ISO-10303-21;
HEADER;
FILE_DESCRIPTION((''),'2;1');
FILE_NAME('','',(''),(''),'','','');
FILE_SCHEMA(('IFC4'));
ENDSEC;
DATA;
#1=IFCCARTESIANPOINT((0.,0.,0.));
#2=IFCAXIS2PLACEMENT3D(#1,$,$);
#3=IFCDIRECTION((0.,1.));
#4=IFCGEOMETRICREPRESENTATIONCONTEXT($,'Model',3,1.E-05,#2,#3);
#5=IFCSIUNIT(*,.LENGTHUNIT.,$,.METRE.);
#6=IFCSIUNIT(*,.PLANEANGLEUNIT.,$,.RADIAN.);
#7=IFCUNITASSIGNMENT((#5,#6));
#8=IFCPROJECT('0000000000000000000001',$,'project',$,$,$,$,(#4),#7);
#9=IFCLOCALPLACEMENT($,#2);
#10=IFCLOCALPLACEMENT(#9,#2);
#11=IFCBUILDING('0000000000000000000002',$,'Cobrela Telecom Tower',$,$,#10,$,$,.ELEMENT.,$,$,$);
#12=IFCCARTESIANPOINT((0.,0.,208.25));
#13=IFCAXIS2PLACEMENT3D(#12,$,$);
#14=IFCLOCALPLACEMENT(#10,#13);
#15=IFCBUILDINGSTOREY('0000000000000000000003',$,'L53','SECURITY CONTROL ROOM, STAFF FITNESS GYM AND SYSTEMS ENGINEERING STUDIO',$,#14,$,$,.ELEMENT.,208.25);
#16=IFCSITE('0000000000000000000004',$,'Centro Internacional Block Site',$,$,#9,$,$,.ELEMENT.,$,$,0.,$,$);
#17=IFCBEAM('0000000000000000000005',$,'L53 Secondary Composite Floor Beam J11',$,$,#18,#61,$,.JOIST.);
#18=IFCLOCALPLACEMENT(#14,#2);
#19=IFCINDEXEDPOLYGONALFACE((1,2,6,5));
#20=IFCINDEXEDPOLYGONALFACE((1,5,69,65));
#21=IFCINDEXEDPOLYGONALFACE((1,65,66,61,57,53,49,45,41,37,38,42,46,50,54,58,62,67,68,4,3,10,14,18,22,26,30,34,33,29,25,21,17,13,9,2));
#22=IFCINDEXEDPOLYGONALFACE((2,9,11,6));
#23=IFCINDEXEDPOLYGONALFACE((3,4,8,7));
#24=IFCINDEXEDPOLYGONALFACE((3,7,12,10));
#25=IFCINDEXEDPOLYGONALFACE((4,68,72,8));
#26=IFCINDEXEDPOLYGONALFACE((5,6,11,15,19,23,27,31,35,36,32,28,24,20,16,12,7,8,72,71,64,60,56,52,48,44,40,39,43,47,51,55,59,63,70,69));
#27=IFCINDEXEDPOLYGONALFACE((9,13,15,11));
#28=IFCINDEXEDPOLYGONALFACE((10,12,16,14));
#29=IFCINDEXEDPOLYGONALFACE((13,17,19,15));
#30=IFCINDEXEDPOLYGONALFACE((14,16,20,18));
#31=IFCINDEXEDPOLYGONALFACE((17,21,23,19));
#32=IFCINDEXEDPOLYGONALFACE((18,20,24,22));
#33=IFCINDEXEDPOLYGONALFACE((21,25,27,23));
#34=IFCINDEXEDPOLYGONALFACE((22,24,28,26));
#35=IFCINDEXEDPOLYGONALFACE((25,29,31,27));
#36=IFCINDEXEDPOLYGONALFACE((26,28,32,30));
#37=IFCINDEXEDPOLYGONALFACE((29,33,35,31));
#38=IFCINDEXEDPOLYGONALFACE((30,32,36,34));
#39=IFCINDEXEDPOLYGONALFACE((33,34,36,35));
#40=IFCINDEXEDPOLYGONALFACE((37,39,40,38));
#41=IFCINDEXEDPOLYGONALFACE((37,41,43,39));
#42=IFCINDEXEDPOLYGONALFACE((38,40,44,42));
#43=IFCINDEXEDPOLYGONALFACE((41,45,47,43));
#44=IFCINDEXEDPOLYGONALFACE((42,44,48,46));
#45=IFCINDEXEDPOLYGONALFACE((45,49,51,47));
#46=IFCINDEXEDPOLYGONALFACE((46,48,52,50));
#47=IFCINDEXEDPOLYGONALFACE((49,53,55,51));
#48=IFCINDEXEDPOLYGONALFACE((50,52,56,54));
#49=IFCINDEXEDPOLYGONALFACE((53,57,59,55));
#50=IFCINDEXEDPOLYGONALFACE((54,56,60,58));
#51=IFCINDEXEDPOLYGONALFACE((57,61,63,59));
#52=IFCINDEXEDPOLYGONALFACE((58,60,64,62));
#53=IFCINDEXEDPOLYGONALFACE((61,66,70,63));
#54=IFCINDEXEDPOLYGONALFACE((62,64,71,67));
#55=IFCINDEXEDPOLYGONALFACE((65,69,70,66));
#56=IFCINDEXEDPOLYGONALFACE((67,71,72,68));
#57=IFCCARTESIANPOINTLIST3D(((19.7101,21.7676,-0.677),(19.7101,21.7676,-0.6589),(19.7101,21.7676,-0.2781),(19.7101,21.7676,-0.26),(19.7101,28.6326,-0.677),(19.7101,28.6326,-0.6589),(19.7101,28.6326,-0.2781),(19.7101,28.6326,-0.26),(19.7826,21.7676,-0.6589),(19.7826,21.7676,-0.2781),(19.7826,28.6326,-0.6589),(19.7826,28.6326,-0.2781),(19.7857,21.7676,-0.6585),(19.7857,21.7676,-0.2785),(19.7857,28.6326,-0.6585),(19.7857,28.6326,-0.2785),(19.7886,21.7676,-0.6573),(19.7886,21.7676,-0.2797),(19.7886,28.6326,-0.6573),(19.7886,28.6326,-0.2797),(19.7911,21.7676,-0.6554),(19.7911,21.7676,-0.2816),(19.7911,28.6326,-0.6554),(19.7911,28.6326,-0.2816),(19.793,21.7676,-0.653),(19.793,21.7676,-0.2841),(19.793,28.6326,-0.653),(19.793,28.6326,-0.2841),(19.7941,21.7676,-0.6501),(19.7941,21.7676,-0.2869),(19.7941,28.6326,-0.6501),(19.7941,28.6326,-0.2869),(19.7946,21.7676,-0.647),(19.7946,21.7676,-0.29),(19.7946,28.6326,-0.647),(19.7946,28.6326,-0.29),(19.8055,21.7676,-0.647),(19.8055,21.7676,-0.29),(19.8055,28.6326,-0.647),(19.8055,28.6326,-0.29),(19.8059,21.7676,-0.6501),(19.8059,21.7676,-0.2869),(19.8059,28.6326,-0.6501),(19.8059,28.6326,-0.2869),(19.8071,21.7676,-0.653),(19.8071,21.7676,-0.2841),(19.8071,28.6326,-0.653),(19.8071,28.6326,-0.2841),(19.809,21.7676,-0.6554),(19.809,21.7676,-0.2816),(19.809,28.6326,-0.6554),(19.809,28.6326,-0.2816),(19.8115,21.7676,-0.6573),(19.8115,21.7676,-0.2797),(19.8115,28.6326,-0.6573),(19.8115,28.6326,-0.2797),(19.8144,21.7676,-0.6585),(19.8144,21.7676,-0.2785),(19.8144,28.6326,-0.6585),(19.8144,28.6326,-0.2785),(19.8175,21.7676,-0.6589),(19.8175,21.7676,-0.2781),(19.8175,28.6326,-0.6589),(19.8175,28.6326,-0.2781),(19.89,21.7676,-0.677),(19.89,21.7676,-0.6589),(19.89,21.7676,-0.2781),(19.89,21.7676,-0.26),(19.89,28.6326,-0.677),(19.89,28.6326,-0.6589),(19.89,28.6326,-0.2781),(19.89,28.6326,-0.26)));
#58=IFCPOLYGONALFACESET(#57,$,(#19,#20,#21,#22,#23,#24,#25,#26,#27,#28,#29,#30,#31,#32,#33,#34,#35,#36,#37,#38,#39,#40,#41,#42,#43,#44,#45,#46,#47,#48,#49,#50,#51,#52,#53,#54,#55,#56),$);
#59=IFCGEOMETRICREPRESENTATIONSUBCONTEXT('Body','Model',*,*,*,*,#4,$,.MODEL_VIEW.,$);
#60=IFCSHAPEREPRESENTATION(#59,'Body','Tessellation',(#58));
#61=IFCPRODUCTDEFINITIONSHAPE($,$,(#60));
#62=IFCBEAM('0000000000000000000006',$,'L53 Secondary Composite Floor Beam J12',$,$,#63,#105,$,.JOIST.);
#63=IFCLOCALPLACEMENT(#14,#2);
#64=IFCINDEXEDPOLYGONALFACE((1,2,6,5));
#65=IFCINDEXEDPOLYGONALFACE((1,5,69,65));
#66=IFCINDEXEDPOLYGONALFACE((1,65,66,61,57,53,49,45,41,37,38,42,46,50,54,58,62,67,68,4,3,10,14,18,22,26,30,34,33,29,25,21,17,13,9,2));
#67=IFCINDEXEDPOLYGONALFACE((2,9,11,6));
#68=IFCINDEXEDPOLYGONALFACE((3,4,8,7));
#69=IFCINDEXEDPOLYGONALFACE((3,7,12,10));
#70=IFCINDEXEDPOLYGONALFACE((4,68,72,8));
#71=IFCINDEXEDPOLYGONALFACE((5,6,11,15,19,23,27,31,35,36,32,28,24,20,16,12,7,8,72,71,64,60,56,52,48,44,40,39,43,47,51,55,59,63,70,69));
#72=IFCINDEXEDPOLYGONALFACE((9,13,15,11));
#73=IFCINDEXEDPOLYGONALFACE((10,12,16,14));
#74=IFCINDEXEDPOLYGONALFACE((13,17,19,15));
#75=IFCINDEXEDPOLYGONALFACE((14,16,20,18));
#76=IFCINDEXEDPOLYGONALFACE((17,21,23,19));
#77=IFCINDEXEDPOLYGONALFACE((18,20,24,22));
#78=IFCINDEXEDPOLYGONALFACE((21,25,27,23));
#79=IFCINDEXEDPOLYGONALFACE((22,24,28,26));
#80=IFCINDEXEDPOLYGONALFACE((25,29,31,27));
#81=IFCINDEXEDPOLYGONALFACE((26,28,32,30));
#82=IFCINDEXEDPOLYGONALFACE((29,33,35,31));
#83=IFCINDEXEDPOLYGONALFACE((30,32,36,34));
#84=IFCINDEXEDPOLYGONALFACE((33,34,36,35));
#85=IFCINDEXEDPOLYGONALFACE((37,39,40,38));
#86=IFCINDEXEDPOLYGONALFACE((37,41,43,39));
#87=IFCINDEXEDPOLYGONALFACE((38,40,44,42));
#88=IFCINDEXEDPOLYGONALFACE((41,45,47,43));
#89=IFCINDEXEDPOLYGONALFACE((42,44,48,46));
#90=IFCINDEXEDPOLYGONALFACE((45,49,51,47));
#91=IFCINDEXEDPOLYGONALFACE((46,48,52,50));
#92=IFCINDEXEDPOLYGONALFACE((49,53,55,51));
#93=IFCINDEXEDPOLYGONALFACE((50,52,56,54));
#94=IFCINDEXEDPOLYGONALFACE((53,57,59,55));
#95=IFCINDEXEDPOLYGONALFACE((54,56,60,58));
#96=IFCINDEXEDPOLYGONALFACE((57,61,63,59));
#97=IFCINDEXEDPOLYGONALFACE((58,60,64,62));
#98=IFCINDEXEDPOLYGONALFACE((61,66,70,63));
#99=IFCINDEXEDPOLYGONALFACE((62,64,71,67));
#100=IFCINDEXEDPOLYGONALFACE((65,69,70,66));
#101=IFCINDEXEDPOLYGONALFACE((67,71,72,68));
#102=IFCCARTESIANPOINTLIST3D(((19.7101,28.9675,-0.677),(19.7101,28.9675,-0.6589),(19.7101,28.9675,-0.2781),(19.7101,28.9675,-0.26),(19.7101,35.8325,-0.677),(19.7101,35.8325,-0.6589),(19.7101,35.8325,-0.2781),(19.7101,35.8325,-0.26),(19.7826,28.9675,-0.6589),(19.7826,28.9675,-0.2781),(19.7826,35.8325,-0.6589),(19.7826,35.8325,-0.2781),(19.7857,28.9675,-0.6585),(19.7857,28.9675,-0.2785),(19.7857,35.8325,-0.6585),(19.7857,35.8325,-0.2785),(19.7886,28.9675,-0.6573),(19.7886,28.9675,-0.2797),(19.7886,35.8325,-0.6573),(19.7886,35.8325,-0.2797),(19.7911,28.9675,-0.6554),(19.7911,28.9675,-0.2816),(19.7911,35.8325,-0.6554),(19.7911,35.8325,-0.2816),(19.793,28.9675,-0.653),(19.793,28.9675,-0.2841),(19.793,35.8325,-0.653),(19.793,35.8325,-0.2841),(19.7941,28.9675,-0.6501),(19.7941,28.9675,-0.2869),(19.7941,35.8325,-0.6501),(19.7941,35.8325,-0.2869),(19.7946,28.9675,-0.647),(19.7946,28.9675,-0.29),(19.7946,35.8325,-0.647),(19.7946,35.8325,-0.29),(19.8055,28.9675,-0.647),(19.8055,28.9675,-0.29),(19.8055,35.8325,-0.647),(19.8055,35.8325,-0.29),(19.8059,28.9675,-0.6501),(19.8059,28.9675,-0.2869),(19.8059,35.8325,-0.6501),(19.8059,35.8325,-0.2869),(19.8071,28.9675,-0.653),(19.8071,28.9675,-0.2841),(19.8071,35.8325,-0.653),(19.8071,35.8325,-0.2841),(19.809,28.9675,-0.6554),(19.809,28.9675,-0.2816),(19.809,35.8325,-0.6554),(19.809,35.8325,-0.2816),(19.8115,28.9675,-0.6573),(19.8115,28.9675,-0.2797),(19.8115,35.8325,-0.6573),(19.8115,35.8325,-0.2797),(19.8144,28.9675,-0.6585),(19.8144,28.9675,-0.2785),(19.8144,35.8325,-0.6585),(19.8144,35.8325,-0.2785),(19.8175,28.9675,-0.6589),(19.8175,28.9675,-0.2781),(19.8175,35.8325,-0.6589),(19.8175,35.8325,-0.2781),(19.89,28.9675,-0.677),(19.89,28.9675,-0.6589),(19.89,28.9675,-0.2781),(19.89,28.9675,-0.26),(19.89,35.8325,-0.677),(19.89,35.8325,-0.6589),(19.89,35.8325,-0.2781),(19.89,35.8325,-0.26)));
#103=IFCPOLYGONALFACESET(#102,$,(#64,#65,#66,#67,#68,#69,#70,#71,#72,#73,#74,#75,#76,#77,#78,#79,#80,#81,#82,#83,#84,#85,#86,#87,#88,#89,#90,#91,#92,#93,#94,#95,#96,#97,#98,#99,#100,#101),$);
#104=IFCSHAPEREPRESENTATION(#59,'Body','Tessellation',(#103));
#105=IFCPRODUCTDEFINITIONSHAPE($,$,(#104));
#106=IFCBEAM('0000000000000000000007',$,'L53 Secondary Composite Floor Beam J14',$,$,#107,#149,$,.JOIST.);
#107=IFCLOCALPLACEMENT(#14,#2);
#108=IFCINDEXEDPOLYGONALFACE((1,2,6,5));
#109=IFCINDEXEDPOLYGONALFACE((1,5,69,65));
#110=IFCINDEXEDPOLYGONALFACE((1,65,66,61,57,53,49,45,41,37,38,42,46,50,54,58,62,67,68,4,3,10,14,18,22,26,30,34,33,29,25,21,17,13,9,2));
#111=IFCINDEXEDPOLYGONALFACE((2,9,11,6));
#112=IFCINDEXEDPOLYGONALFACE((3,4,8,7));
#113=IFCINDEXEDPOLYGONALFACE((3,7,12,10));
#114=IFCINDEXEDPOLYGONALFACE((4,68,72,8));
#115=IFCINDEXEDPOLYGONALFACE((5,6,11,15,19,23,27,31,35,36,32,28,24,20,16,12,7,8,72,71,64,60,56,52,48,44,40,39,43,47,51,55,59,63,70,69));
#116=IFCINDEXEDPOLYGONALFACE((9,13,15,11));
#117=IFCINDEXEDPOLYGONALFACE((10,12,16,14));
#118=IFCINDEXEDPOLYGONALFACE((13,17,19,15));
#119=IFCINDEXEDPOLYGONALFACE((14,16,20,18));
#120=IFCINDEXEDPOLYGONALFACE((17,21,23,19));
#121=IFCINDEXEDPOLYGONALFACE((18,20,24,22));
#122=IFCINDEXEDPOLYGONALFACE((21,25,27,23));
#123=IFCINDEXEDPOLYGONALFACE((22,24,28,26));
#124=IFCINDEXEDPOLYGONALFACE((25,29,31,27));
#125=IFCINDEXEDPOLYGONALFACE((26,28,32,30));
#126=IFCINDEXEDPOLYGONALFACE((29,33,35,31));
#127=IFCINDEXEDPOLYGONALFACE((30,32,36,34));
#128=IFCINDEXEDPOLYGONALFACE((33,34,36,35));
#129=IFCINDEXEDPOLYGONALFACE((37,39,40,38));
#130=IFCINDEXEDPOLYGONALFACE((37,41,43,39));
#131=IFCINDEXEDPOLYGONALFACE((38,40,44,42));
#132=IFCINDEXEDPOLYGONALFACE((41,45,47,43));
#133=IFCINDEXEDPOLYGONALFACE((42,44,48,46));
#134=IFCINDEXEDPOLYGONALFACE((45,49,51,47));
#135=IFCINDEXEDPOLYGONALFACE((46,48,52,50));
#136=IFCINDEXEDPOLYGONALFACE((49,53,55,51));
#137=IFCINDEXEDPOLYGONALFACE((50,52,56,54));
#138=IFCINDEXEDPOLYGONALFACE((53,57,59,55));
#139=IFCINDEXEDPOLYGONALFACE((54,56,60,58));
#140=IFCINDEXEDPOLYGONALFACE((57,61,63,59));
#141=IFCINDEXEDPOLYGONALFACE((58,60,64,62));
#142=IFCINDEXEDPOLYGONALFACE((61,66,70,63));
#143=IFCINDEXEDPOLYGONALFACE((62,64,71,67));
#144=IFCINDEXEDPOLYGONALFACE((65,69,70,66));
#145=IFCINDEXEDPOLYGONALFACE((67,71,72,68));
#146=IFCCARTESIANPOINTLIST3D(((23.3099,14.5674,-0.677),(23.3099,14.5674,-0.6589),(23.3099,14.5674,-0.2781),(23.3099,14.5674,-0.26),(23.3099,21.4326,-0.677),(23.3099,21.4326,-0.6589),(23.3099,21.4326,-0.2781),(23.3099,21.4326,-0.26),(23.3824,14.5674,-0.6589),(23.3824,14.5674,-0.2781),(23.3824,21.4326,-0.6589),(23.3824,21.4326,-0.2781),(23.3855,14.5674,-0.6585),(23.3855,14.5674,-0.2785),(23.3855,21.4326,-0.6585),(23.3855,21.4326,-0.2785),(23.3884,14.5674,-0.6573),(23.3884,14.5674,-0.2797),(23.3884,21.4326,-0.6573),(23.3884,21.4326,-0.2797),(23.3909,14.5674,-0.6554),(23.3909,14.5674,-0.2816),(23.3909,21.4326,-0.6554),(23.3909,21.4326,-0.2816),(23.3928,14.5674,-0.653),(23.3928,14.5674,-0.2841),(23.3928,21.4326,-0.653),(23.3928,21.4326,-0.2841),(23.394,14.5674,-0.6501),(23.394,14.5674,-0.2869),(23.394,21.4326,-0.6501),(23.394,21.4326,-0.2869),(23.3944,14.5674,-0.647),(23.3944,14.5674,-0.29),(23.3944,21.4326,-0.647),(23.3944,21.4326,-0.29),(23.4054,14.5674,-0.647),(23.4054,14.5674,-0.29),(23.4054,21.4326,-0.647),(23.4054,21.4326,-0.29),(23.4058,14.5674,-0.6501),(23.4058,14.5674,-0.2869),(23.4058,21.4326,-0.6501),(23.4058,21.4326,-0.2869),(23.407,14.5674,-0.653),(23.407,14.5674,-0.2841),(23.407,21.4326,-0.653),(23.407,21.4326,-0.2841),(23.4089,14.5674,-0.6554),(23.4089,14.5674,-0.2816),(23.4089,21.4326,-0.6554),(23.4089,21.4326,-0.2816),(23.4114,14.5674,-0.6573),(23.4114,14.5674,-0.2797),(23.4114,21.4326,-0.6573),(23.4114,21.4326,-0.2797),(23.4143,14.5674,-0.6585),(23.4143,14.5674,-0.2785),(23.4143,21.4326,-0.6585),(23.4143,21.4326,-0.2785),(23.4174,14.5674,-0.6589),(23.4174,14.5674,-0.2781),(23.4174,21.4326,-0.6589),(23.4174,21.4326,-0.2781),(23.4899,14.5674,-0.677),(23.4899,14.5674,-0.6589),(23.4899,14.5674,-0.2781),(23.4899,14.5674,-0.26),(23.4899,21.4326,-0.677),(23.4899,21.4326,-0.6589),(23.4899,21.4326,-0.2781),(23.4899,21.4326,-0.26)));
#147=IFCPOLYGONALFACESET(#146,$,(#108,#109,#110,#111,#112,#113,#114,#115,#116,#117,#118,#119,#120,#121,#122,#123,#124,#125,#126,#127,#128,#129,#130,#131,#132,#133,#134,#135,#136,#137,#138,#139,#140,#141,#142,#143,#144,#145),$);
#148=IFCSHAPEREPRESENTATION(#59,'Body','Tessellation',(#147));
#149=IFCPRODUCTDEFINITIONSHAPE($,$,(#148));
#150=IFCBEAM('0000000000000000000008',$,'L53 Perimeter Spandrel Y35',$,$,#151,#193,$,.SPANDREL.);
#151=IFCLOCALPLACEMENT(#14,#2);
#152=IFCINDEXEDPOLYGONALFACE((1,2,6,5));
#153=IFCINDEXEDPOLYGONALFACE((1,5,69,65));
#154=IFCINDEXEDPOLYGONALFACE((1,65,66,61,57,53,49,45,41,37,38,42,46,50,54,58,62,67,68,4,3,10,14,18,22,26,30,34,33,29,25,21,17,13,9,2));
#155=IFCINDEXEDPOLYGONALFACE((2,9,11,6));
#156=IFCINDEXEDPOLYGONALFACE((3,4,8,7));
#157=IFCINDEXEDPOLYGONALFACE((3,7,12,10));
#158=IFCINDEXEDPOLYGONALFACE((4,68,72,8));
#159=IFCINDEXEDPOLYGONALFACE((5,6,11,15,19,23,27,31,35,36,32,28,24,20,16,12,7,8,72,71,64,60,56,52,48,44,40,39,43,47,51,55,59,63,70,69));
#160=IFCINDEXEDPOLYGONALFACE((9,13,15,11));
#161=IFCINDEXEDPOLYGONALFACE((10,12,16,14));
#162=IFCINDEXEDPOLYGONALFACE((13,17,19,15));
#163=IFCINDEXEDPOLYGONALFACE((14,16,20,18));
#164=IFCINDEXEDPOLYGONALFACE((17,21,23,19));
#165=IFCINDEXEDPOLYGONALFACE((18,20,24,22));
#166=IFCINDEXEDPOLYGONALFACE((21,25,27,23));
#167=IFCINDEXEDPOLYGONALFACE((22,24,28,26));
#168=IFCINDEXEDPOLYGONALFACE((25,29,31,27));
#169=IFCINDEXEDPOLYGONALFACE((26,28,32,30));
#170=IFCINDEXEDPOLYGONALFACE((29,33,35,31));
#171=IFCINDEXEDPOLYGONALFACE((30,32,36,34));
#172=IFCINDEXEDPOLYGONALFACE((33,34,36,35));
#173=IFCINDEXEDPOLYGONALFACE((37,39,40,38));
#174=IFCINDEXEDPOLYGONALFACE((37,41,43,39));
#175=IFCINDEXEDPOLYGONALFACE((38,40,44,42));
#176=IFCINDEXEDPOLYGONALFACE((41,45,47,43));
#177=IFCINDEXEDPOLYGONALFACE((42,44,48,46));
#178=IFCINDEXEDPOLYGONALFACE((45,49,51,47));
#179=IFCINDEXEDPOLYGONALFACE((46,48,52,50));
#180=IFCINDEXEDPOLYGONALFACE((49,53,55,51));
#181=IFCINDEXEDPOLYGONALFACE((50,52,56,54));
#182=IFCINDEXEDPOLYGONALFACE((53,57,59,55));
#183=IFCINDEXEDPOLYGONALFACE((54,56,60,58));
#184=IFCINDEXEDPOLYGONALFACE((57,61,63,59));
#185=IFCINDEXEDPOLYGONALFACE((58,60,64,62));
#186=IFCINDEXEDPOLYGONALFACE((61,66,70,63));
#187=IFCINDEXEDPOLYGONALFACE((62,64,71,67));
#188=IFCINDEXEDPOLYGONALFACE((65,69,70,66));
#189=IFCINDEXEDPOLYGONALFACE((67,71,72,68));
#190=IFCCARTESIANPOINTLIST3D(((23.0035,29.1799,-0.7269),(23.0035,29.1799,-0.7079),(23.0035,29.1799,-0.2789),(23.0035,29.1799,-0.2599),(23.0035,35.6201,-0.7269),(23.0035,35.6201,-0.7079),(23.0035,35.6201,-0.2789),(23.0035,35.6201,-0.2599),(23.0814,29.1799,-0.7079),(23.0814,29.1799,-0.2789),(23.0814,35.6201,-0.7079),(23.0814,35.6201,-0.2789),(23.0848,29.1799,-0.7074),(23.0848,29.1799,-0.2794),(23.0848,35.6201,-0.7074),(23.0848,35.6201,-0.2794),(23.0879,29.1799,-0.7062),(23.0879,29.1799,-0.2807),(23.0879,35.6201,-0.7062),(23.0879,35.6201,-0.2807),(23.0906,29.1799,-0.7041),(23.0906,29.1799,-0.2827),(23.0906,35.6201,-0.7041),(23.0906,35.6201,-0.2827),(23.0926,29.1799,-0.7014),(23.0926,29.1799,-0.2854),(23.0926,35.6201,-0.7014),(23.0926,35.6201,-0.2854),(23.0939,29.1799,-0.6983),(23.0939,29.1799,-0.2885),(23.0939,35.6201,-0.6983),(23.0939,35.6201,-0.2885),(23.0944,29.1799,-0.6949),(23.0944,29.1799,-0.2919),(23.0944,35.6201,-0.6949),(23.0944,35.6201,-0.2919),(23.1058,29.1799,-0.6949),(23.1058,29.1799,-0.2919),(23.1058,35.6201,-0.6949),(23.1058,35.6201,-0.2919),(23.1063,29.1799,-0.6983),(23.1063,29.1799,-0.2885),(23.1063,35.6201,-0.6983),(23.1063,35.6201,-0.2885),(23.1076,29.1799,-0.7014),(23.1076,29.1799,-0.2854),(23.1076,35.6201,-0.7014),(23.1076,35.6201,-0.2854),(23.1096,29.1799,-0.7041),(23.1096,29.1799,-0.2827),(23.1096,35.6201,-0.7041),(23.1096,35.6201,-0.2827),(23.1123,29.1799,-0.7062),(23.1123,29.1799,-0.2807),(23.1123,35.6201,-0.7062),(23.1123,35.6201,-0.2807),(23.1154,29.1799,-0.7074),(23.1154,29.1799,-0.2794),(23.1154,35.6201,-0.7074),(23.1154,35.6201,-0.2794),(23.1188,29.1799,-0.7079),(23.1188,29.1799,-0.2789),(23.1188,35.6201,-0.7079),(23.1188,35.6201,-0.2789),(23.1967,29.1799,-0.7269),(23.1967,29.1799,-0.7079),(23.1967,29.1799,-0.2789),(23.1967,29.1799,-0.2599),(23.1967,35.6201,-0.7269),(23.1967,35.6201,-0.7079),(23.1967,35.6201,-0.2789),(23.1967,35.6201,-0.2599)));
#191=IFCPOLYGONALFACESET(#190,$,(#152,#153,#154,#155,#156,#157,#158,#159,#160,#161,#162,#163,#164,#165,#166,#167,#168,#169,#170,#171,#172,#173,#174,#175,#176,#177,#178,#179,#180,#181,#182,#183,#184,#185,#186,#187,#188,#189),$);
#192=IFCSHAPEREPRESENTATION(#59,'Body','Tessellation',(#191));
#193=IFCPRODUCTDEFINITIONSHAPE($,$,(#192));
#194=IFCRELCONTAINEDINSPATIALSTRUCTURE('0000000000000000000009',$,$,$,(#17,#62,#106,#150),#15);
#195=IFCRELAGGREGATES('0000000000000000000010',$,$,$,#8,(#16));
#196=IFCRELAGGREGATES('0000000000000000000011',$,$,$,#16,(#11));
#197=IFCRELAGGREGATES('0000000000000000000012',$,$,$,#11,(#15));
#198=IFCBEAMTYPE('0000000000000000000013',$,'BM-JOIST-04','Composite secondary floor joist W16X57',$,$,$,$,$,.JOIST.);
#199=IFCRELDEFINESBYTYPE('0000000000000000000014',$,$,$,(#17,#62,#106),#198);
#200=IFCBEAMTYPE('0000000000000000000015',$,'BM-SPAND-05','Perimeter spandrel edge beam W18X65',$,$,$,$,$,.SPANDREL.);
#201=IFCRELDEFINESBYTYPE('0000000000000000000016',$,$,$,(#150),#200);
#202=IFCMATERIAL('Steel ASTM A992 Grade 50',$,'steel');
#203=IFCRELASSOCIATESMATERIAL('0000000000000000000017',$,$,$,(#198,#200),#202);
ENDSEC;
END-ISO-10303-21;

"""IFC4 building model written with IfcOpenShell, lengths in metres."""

from ifc_helpers import new_model, si_unit, direction, frame, origin, origin_2d, place, context, subcontext, project, spatial, i_section, extrude, material, material_profile, profile_set, type_object, element, save


model = new_model("IFC4")

# Units and contexts
model_context = context("Model", 3, precision=1e-05, world=origin(), true_north=direction((0.0, 1.0)))
body_context = subcontext(model_context, "Body", "Model", "MODEL_VIEW")
ifc_project = project(units=[si_unit("LENGTHUNIT", "METRE"), si_unit("PLANEANGLEUNIT", "RADIAN")], contexts=[model_context])

# Site, building, storey
site_placement = place(None, origin())
site = spatial("IfcSite", under=ifc_project, at=site_placement, Name="Centro Internacional Block Site", CompositionType="ELEMENT", RefElevation=0.0)
building_placement = place(site_placement, origin())
building = spatial("IfcBuilding", under=site, at=building_placement, Name="Cobrela Telecom Tower", CompositionType="ELEMENT")
storey_placement = place(building_placement, frame((0.0, 0.0, 208.25)))
storey = spatial("IfcBuildingStorey", under=building, at=storey_placement, Name="L53", Description="SECURITY CONTROL ROOM, STAFF FITNESS GYM AND SYSTEMS ENGINEERING STUDIO", CompositionType="ELEMENT", Elevation=208.25)

# Shared definitions
ifc_material_1 = material(Name="Steel ASTM A992 Grade 50", Category="steel")

# Beams
ifc_material_profile_1 = material_profile(ifc_material_1, i_section(OverallWidth=0.1799, OverallDepth=0.417, WebThickness=0.011, FlangeThickness=0.0181, FilletRadius=0.012, at=origin_2d()), Name="W16X57")
ifc_profile_set_1 = profile_set([ifc_material_profile_1], Name="Steel ASTM A992 Grade 50")
beam_type_1 = type_object("IfcBeamType", Name="BM-JOIST-04", Description="Composite secondary floor joist W16X57", PredefinedType="JOIST", material=ifc_profile_set_1)
for number, where, z_axis, x_axis, name in (
    (1, (19.8, 21.7676, -0.4685), (0.0, 1.0, 0.0), (-1.0, 0.0, 0.0), "L53 Secondary Composite Floor Beam J11"),
    (2, (19.8, 28.9675, -0.4685), (0.0, 1.0, 0.0), (-1.0, 0.0, 0.0), "L53 Secondary Composite Floor Beam J12"),
):
    element("IfcBeam", number, at=place(storey_placement, frame(where, z_axis=z_axis, x_axis=x_axis)), inside=storey, type_object=beam_type_1, Name=name, PredefinedType="JOIST", context=body_context, shape_type="SweptSolid", body=[
        extrude(i_section(OverallWidth=0.1799, OverallDepth=0.417, WebThickness=0.011, FlangeThickness=0.0181, FilletRadius=0.012, at=origin_2d()), origin(), (0.0, 0.0, 1.0), 6.865),
    ])
beam_1_placement = place(storey_placement, frame((23.3999, 14.5674, -0.4685), z_axis=(0.0, 1.0, 0.0), x_axis=(-1.0, 0.0, 0.0)))
element("IfcBeam", 3, at=beam_1_placement, inside=storey, type_object=beam_type_1, Name="L53 Secondary Composite Floor Beam J14", PredefinedType="JOIST", context=body_context, shape_type="SweptSolid", body=[
    extrude(i_section(OverallWidth=0.1799, OverallDepth=0.417, WebThickness=0.011, FlangeThickness=0.0181, FilletRadius=0.012, at=origin_2d()), origin(), (0.0, 0.0, 1.0), 6.8652),
])
ifc_material_profile_2 = material_profile(ifc_material_1, i_section(OverallWidth=0.1931, OverallDepth=0.467, WebThickness=0.0115, FlangeThickness=0.019, FilletRadius=0.0129, at=origin_2d()), Name="W18X65")
ifc_profile_set_2 = profile_set([ifc_material_profile_2], Name="Steel ASTM A992 Grade 50")
beam_type_2 = type_object("IfcBeamType", Name="BM-SPAND-05", Description="Perimeter spandrel edge beam W18X65", PredefinedType="SPANDREL", material=ifc_profile_set_2)
beam_2_placement = place(storey_placement, frame((23.1001, 29.1799, -0.4934), z_axis=(0.0, 1.0, 0.0), x_axis=(-1.0, 0.0, 0.0)))
element("IfcBeam", 4, at=beam_2_placement, inside=storey, type_object=beam_type_2, Name="L53 Perimeter Spandrel Y35", PredefinedType="SPANDREL", context=body_context, shape_type="SweptSolid", body=[
    extrude(i_section(OverallWidth=0.1931, OverallDepth=0.467, WebThickness=0.0115, FlangeThickness=0.019, FilletRadius=0.0129, at=origin_2d()), origin(), (0.0, 0.0, 1.0), 6.4402),
])

save(model, "model.ifc")
